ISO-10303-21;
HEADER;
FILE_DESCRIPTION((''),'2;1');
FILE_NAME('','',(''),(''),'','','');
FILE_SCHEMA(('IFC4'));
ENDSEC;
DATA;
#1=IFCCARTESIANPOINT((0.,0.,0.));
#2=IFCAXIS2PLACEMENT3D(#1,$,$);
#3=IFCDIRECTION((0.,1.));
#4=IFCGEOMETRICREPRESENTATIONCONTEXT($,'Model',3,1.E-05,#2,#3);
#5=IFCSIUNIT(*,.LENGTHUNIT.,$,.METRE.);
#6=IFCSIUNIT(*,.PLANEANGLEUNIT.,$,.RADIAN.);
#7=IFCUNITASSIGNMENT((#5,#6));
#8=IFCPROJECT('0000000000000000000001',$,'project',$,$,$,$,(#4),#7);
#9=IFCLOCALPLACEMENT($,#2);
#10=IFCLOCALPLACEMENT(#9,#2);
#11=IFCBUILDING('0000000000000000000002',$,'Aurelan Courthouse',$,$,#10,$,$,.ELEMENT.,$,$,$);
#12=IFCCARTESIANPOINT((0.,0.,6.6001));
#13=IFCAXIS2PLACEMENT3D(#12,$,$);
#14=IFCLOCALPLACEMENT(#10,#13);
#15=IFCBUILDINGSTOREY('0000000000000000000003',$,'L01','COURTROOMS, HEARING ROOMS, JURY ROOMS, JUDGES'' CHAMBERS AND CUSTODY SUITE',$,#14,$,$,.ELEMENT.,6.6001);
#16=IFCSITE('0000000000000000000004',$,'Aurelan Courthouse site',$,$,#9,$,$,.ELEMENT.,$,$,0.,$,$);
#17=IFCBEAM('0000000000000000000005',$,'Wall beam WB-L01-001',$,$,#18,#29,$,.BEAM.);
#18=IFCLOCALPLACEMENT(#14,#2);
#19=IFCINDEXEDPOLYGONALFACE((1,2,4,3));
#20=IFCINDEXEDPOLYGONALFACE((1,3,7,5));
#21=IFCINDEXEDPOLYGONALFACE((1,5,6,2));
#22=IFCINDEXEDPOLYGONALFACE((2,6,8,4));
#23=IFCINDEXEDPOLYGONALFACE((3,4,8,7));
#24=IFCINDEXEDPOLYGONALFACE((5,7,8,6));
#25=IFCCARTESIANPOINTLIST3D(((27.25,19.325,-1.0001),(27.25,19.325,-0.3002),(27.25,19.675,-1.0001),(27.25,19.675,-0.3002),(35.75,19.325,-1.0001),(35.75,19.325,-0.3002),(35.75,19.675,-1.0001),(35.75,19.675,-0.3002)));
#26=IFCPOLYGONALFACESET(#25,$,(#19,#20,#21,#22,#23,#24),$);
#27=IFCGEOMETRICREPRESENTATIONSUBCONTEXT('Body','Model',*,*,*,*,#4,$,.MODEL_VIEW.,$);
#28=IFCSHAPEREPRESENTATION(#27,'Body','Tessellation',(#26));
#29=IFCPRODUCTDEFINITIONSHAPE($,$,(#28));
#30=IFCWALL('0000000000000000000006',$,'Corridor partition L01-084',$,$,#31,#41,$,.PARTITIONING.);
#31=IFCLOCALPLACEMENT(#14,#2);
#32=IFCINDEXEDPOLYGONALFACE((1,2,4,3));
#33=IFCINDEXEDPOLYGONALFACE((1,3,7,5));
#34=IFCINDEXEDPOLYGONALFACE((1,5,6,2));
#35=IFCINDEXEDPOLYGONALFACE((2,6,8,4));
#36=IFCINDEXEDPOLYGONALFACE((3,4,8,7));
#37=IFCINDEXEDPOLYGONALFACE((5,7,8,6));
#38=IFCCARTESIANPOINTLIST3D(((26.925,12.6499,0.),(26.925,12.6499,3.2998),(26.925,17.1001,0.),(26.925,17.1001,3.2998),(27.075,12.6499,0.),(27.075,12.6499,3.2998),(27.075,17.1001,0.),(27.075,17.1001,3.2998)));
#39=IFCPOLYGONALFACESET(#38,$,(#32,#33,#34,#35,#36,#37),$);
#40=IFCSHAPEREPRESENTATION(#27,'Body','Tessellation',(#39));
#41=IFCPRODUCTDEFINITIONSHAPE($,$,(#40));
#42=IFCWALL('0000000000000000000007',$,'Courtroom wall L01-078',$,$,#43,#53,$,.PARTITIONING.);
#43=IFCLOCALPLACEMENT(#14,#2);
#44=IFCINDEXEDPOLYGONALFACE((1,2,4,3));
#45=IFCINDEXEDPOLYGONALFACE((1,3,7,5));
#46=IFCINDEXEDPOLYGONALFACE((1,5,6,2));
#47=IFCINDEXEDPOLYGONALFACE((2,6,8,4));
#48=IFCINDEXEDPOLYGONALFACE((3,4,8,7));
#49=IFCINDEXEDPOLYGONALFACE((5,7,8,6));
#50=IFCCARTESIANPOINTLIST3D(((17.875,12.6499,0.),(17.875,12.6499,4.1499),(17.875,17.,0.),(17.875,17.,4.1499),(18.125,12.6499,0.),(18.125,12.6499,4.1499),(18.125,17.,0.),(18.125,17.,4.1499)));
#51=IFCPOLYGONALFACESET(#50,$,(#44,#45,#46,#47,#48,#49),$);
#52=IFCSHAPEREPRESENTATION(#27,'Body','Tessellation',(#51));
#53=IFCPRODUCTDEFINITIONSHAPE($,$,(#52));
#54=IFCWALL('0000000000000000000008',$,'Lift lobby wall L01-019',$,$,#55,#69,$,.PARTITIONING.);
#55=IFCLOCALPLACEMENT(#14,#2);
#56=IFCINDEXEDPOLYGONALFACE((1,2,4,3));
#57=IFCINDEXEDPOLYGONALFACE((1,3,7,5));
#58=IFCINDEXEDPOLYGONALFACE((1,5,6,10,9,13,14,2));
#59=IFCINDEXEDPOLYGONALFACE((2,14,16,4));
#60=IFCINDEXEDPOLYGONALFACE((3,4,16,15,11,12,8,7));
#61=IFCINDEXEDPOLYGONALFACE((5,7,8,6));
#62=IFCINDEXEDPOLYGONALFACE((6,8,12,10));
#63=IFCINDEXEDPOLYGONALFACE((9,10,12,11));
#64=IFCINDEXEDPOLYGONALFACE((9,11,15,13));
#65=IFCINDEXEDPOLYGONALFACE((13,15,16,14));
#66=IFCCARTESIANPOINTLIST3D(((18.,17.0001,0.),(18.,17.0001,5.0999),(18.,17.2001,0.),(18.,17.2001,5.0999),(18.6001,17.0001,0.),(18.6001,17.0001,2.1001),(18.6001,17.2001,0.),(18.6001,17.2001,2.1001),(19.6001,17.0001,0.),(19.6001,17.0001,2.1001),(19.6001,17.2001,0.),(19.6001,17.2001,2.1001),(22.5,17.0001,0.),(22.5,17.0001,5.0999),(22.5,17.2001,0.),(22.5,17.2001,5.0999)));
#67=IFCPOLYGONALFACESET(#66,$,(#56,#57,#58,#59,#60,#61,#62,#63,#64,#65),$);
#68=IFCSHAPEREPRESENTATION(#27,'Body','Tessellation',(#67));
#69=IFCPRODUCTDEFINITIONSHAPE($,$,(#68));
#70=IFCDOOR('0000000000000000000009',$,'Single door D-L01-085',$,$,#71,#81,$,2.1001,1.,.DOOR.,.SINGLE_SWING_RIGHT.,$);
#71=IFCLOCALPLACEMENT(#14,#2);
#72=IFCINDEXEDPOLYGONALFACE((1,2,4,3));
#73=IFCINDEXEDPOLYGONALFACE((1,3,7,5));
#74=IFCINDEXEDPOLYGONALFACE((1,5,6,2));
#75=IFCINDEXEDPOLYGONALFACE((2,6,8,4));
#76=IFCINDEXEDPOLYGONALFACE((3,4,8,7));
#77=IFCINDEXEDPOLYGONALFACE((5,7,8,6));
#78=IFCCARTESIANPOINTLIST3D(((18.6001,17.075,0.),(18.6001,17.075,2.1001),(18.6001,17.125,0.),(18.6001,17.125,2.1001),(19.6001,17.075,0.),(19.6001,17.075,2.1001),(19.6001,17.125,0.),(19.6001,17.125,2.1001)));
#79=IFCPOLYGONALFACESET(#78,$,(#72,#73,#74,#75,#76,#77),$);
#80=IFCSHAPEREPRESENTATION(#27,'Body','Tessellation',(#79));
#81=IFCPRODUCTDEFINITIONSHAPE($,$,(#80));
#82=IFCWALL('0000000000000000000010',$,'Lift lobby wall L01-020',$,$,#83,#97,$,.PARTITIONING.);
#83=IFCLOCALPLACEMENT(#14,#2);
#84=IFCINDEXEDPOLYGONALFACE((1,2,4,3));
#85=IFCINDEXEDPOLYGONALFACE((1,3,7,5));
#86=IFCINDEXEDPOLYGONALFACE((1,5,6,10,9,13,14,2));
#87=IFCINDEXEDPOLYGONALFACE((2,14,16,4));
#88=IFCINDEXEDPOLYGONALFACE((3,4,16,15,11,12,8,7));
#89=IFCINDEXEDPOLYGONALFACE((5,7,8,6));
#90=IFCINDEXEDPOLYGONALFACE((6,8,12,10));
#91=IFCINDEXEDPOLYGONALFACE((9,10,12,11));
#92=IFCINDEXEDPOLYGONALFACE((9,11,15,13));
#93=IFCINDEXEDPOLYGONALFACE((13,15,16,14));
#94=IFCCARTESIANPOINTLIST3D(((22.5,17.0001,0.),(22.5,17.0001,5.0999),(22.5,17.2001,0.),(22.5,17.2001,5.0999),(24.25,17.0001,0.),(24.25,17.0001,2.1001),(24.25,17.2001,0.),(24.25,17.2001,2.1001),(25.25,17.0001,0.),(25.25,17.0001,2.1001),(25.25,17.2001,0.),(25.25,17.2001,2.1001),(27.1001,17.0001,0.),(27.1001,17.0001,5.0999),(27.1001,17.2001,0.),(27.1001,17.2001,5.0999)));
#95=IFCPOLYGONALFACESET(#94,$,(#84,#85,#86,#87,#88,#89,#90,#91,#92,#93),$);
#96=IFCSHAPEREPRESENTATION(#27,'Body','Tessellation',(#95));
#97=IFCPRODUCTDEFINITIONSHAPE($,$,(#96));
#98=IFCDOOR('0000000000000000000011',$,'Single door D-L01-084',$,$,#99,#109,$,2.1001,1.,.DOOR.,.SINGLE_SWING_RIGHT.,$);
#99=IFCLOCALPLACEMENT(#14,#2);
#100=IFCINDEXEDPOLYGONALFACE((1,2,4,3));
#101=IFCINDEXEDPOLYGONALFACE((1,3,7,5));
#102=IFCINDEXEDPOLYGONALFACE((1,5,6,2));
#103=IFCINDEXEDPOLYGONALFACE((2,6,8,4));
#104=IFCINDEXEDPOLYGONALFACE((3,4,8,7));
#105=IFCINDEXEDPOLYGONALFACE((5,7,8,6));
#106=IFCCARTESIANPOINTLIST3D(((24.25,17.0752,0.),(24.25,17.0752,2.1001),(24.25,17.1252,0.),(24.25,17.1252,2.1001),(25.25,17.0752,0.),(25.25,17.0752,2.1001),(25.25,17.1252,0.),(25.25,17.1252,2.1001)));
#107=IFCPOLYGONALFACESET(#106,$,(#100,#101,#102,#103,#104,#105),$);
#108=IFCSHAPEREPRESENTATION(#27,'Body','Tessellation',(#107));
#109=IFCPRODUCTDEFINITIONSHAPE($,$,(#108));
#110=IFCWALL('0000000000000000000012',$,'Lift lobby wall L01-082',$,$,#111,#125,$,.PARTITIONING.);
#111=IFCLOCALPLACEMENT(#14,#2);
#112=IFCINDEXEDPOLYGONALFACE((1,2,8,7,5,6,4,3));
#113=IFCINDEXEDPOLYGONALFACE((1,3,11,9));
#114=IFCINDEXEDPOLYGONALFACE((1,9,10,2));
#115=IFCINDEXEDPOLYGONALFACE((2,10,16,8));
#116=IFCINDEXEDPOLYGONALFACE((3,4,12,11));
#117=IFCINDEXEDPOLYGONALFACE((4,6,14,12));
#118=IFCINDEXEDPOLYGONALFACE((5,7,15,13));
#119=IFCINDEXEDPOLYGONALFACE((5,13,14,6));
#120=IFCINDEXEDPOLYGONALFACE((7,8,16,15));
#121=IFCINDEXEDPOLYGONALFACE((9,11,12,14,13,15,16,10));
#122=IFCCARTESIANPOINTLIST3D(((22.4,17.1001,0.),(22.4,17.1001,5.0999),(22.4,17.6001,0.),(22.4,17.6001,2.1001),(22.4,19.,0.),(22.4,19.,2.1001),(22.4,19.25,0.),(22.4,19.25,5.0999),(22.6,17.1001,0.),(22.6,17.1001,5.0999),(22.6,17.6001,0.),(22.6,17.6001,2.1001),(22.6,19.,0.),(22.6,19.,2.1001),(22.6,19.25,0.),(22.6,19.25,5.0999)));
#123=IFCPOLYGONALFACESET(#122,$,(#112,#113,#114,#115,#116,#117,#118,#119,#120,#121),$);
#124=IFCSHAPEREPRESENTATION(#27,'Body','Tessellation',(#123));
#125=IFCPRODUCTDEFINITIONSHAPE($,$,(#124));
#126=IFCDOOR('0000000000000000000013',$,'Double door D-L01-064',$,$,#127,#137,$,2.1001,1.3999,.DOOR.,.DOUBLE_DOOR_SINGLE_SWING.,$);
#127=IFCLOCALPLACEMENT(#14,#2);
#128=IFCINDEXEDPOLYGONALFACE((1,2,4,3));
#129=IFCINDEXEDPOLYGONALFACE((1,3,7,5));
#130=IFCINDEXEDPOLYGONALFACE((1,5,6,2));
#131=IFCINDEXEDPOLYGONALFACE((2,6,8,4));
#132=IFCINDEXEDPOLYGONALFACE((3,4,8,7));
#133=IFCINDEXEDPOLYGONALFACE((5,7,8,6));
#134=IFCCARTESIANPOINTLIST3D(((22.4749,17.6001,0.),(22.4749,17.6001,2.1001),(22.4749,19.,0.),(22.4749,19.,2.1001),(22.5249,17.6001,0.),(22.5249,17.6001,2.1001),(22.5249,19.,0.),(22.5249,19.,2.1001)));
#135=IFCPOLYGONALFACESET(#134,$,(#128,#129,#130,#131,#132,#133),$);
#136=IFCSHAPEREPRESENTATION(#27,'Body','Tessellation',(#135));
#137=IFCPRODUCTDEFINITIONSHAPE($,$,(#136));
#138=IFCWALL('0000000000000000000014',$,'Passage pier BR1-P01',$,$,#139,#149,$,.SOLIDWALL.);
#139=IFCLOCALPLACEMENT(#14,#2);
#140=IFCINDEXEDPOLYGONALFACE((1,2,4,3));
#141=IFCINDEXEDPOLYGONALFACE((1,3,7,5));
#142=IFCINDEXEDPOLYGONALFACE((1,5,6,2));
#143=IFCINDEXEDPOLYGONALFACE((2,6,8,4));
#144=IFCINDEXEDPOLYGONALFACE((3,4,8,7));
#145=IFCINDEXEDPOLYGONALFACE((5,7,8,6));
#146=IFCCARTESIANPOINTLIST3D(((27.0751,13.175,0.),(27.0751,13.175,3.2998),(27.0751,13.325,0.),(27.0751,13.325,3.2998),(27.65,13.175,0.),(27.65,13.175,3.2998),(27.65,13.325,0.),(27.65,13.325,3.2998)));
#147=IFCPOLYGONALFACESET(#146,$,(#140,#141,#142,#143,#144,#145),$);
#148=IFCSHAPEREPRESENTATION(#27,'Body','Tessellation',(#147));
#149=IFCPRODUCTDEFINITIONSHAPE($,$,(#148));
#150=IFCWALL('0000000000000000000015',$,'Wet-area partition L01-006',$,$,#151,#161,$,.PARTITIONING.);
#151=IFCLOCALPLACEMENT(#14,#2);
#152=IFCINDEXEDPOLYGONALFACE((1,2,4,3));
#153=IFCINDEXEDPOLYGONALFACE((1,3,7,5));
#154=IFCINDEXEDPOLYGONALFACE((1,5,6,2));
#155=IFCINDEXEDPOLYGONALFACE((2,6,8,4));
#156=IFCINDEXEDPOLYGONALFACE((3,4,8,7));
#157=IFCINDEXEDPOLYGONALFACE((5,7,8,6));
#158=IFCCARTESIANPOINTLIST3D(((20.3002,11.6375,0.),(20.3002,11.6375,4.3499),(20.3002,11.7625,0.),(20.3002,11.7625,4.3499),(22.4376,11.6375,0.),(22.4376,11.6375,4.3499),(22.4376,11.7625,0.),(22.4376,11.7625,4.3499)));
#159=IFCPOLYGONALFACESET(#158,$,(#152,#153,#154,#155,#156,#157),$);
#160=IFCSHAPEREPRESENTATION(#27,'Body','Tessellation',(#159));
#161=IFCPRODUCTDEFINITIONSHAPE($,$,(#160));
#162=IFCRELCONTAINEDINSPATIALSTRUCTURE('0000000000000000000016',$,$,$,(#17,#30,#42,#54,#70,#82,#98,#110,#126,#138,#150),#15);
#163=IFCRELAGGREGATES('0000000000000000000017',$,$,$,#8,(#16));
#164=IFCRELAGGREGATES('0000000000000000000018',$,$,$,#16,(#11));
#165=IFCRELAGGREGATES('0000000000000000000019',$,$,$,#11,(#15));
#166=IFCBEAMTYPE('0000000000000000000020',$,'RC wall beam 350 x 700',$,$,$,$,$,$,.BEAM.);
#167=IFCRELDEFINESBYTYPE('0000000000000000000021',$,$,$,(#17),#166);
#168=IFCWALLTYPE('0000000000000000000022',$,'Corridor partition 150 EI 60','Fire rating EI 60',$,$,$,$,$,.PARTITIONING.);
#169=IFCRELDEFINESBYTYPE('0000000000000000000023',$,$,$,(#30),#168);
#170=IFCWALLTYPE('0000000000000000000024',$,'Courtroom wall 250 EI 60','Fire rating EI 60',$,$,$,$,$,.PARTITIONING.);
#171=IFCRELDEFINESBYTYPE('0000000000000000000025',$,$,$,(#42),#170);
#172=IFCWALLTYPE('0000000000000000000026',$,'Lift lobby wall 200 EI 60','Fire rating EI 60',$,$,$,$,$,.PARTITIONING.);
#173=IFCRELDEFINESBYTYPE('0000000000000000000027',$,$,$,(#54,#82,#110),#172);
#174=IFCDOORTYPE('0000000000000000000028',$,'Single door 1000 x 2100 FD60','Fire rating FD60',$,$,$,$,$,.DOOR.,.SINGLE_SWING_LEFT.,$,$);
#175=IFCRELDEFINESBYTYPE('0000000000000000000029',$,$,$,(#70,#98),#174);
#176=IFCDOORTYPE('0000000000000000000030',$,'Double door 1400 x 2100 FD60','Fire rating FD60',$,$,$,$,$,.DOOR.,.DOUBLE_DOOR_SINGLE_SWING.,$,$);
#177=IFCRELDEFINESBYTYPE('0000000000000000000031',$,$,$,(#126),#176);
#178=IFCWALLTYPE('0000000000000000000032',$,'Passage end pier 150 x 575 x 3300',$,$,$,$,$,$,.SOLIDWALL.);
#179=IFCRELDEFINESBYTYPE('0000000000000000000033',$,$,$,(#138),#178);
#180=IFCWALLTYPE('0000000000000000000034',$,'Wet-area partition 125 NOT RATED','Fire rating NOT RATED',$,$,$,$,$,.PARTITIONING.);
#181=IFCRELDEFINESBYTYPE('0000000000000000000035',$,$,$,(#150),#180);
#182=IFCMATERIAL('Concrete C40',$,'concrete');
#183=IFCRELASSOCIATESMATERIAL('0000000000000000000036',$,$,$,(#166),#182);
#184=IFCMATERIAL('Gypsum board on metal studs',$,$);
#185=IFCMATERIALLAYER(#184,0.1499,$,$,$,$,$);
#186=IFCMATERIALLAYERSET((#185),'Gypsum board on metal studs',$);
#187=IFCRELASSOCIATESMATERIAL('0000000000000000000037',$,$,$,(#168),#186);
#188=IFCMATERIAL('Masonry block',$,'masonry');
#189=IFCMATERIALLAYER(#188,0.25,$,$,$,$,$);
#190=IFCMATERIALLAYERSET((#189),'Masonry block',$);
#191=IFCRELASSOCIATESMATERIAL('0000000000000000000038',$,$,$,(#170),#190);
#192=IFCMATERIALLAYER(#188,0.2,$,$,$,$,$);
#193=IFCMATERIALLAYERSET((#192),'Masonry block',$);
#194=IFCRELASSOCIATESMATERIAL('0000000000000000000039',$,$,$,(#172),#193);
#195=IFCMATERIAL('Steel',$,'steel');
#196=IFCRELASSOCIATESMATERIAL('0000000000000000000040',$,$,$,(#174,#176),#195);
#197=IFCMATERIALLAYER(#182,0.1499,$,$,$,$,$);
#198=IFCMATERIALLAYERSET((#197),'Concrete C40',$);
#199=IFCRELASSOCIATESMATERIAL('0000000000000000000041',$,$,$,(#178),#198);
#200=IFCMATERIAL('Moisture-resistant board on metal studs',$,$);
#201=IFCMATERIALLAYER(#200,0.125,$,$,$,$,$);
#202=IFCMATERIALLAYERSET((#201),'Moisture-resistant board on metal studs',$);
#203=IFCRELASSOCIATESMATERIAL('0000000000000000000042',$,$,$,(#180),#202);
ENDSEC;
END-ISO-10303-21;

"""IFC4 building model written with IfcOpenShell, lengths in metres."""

from ifc_helpers import new_model, si_unit, direction, frame, frame_2d, origin, origin_2d, place, context, subcontext, project, spatial, rectangle, extrude, material, layer, layer_set, material_profile, profile_set, type_object, element, fill, save


model = new_model("IFC4")

# Units and contexts
model_context = context("Model", 3, precision=1e-05, world=origin(), true_north=direction((0.0, 1.0)))
body_context = subcontext(model_context, "Body", "Model", "MODEL_VIEW")
ifc_project = project(units=[si_unit("LENGTHUNIT", "METRE"), si_unit("PLANEANGLEUNIT", "RADIAN")], contexts=[model_context])

# Site, building, storey
site_placement = place(None, origin())
site = spatial("IfcSite", under=ifc_project, at=site_placement, Name="Aurelan Courthouse site", CompositionType="ELEMENT", RefElevation=0.0)
building_placement = place(site_placement, origin())
building = spatial("IfcBuilding", under=site, at=building_placement, Name="Aurelan Courthouse", CompositionType="ELEMENT")
storey_placement = place(building_placement, frame((0.0, 0.0, 6.6001)))
storey = spatial("IfcBuildingStorey", under=building, at=storey_placement, Name="L01", Description="COURTROOMS, HEARING ROOMS, JURY ROOMS, JUDGES' CHAMBERS AND CUSTODY SUITE", CompositionType="ELEMENT", Elevation=6.6001)

# Beam
ifc_material_1 = material(Name="Concrete C40", Category="concrete")
ifc_material_profile_1 = material_profile(ifc_material_1, rectangle(XDim=0.3501, YDim=0.7, at=origin_2d()), Name="RC 350 x 700")
ifc_profile_set_1 = profile_set([ifc_material_profile_1], Name="Concrete C40")
beam_type_1 = type_object("IfcBeamType", Name="RC wall beam 350 x 700", PredefinedType="BEAM", material=ifc_profile_set_1)
beam_1_placement = place(storey_placement, frame((27.25, 19.5, -0.6501), z_axis=(1.0, 0.0, 0.0), x_axis=(0.0, 1.0, 0.0)))
element("IfcBeam", 1, at=beam_1_placement, inside=storey, type_object=beam_type_1, Name="Wall beam WB-L01-001", PredefinedType="BEAM", context=body_context, shape_type="SweptSolid", body=[
    extrude(rectangle(XDim=0.3501, YDim=0.7, at=origin_2d()), origin(), (0.0, 0.0, 1.0), 8.5),
])

# Walls
ifc_material_2 = material(Name="Gypsum board on metal studs")
ifc_layer_1 = layer(ifc_material_2, 0.1499)
ifc_layer_set_1 = layer_set([ifc_layer_1], Name="Gypsum board on metal studs")
wall_type_1 = type_object("IfcWallType", Name="Corridor partition 150 EI 60", Description="Fire rating EI 60", PredefinedType="PARTITIONING", material=ifc_layer_set_1)
wall_1_placement = place(storey_placement, frame((27.0, 12.6499, 0.0), z_axis=(0.0, 0.0, 1.0), x_axis=(0.0, 1.0, 0.0)))
element("IfcWall", 2, at=wall_1_placement, inside=storey, type_object=wall_type_1, Name="Corridor partition L01-084", PredefinedType="PARTITIONING", context=body_context, shape_type="SweptSolid", body=[
    extrude(rectangle(XDim=4.4502, YDim=0.1499, at=frame_2d((2.2251, 0.0))), origin(), (0.0, 0.0, 1.0), 3.2998),
])
ifc_material_3 = material(Name="Masonry block", Category="masonry")
ifc_layer_2 = layer(ifc_material_3, 0.25)
ifc_layer_set_2 = layer_set([ifc_layer_2], Name="Masonry block")
wall_type_2 = type_object("IfcWallType", Name="Courtroom wall 250 EI 60", Description="Fire rating EI 60", PredefinedType="PARTITIONING", material=ifc_layer_set_2)
wall_2_placement = place(storey_placement, frame((18.0, 12.6499, 0.0), z_axis=(0.0, 0.0, 1.0), x_axis=(0.0, 1.0, 0.0)))
element("IfcWall", 3, at=wall_2_placement, inside=storey, type_object=wall_type_2, Name="Courtroom wall L01-078", PredefinedType="PARTITIONING", context=body_context, shape_type="SweptSolid", body=[
    extrude(rectangle(XDim=4.3501, YDim=0.25, at=frame_2d((2.175, 0.0))), origin(), (0.0, 0.0, 1.0), 4.1499),
])

# Walls, openings, doors
ifc_layer_3 = layer(ifc_material_3, 0.2)
ifc_layer_set_3 = layer_set([ifc_layer_3], Name="Masonry block")
wall_type_3 = type_object("IfcWallType", Name="Lift lobby wall 200 EI 60", Description="Fire rating EI 60", PredefinedType="PARTITIONING", material=ifc_layer_set_3)
wall_3_placement = place(storey_placement, frame((18.0, 17.1001, 0.0), z_axis=(0.0, 0.0, 1.0), x_axis=(1.0, 0.0, 0.0)))
wall_3 = element("IfcWall", 4, at=wall_3_placement, inside=storey, type_object=wall_type_3, Name="Lift lobby wall L01-019", PredefinedType="PARTITIONING", context=body_context, shape_type="SweptSolid", body=[
    extrude(rectangle(XDim=4.5, YDim=0.2, at=frame_2d((2.25, 0.0))), origin(), (0.0, 0.0, 1.0), 5.0999),
])
opening_1_placement = place(wall_3_placement, frame((0.6001, 0.0, 0.0)))
opening_1 = element("IfcOpeningElement", 5, at=opening_1_placement, cuts=wall_3, PredefinedType="OPENING", context=body_context, shape_type="SweptSolid", body=[
    extrude(rectangle(XDim=1.0, YDim=2.1001, at=frame_2d((0.5, 1.05))), frame((0.0, 0.1099, 0.0), z_axis=(0.0, -1.0, 0.0), x_axis=(1.0, 0.0, 0.0)), (0.0, 0.0, 1.0), 0.22),
])
ifc_material_4 = material(Name="Steel", Category="steel")
door_type_1 = type_object("IfcDoorType", Name="Single door 1000 x 2100 FD60", Description="Fire rating FD60", OperationType="SINGLE_SWING_LEFT", PredefinedType="DOOR", material=ifc_material_4)
door_1_placement = place(opening_1_placement, origin())
door_1 = element("IfcDoor", 6, at=door_1_placement, inside=storey, type_object=door_type_1, Name="Single door D-L01-085", OperationType="SINGLE_SWING_RIGHT", OverallHeight=2.1001, OverallWidth=1.0, PredefinedType="DOOR", context=body_context, shape_type="SweptSolid", body=[
    extrude(rectangle(XDim=1.0, YDim=2.1001, at=frame_2d((0.5, 1.05))), frame((0.0, 0.0249, 0.0), z_axis=(0.0, -1.0, 0.0), x_axis=(1.0, 0.0, 0.0)), (0.0, 0.0, 1.0), 0.05),
])
fill(opening_1, door_1)
wall_4_placement = place(storey_placement, frame((22.5, 17.1001, 0.0), z_axis=(0.0, 0.0, 1.0), x_axis=(1.0, 0.0, 0.0)))
wall_4 = element("IfcWall", 7, at=wall_4_placement, inside=storey, type_object=wall_type_3, Name="Lift lobby wall L01-020", PredefinedType="PARTITIONING", context=body_context, shape_type="SweptSolid", body=[
    extrude(rectangle(XDim=4.6001, YDim=0.2, at=frame_2d((2.3, 0.0))), origin(), (0.0, 0.0, 1.0), 5.0999),
])
opening_2_placement = place(wall_4_placement, frame((2.75, 0.0, 0.0), z_axis=(0.0, 0.0, 1.0), x_axis=(-1.0, 0.0, 0.0)))
opening_2 = element("IfcOpeningElement", 8, at=opening_2_placement, cuts=wall_4, PredefinedType="OPENING", context=body_context, shape_type="SweptSolid", body=[
    extrude(rectangle(XDim=1.0, YDim=2.1001, at=frame_2d((0.5, 1.05))), frame((0.0, 0.1099, 0.0), z_axis=(0.0, -1.0, 0.0), x_axis=(1.0, 0.0, 0.0)), (0.0, 0.0, 1.0), 0.22),
])
door_2_placement = place(opening_2_placement, origin())
door_2 = element("IfcDoor", 9, at=door_2_placement, inside=storey, type_object=door_type_1, Name="Single door D-L01-084", OperationType="SINGLE_SWING_RIGHT", OverallHeight=2.1001, OverallWidth=1.0, PredefinedType="DOOR", context=body_context, shape_type="SweptSolid", body=[
    extrude(rectangle(XDim=1.0, YDim=2.1001, at=frame_2d((0.5, 1.05))), frame((0.0, 0.0249, 0.0), z_axis=(0.0, -1.0, 0.0), x_axis=(1.0, 0.0, 0.0)), (0.0, 0.0, 1.0), 0.05),
])
fill(opening_2, door_2)
wall_5_placement = place(storey_placement, frame((22.5, 17.1001, 0.0), z_axis=(0.0, 0.0, 1.0), x_axis=(0.0, 1.0, 0.0)))
wall_5 = element("IfcWall", 10, at=wall_5_placement, inside=storey, type_object=wall_type_3, Name="Lift lobby wall L01-082", PredefinedType="PARTITIONING", context=body_context, shape_type="SweptSolid", body=[
    extrude(rectangle(XDim=2.1499, YDim=0.2, at=frame_2d((1.075, 0.0))), origin(), (0.0, 0.0, 1.0), 5.0999),
])
opening_3_placement = place(wall_5_placement, frame((1.8999, 0.0, 0.0), z_axis=(0.0, 0.0, 1.0), x_axis=(-1.0, 0.0, 0.0)))
opening_3 = element("IfcOpeningElement", 11, at=opening_3_placement, cuts=wall_5, PredefinedType="OPENING", context=body_context, shape_type="SweptSolid", body=[
    extrude(rectangle(XDim=1.3999, YDim=2.1001, at=frame_2d((0.7, 1.05))), frame((0.0, 0.1099, 0.0), z_axis=(0.0, -1.0, 0.0), x_axis=(1.0, 0.0, 0.0)), (0.0, 0.0, 1.0), 0.22),
])
door_type_2 = type_object("IfcDoorType", Name="Double door 1400 x 2100 FD60", Description="Fire rating FD60", OperationType="DOUBLE_DOOR_SINGLE_SWING", PredefinedType="DOOR", material=ifc_material_4)
door_3_placement = place(opening_3_placement, origin())
door_3 = element("IfcDoor", 12, at=door_3_placement, inside=storey, type_object=door_type_2, Name="Double door D-L01-064", OperationType="DOUBLE_DOOR_SINGLE_SWING", OverallHeight=2.1001, OverallWidth=1.3999, PredefinedType="DOOR", context=body_context, shape_type="SweptSolid", body=[
    extrude(rectangle(XDim=1.3999, YDim=2.1001, at=frame_2d((0.7, 1.05))), frame((0.0, 0.0249, 0.0), z_axis=(0.0, -1.0, 0.0), x_axis=(1.0, 0.0, 0.0)), (0.0, 0.0, 1.0), 0.05),
])
fill(opening_3, door_3)

# Walls
ifc_layer_4 = layer(ifc_material_1, 0.1499)
ifc_layer_set_4 = layer_set([ifc_layer_4], Name="Concrete C40")
wall_type_4 = type_object("IfcWallType", Name="Passage end pier 150 x 575 x 3300", PredefinedType="SOLIDWALL", material=ifc_layer_set_4)
wall_6_placement = place(storey_placement, frame((27.075, 13.25, 0.0), z_axis=(0.0, 0.0, 1.0), x_axis=(1.0, 0.0, 0.0)))
element("IfcWall", 13, at=wall_6_placement, inside=storey, type_object=wall_type_4, Name="Passage pier BR1-P01", PredefinedType="SOLIDWALL", context=body_context, shape_type="SweptSolid", body=[
    extrude(rectangle(XDim=0.575, YDim=0.1499, at=frame_2d((0.2876, 0.0))), origin(), (0.0, 0.0, 1.0), 3.2998),
])
ifc_material_5 = material(Name="Moisture-resistant board on metal studs")
ifc_layer_5 = layer(ifc_material_5, 0.125)
ifc_layer_set_5 = layer_set([ifc_layer_5], Name="Moisture-resistant board on metal studs")
wall_type_5 = type_object("IfcWallType", Name="Wet-area partition 125 NOT RATED", Description="Fire rating NOT RATED", PredefinedType="PARTITIONING", material=ifc_layer_set_5)
wall_7_placement = place(storey_placement, frame((20.3, 11.7, 0.0), z_axis=(0.0, 0.0, 1.0), x_axis=(1.0, 0.0, 0.0)))
element("IfcWall", 14, at=wall_7_placement, inside=storey, type_object=wall_type_5, Name="Wet-area partition L01-006", PredefinedType="PARTITIONING", context=body_context, shape_type="SweptSolid", body=[
    extrude(rectangle(XDim=2.1375, YDim=0.125, at=frame_2d((1.0688, 0.0))), origin(), (0.0, 0.0, 1.0), 4.3499),
])

save(model, "model.ifc")
